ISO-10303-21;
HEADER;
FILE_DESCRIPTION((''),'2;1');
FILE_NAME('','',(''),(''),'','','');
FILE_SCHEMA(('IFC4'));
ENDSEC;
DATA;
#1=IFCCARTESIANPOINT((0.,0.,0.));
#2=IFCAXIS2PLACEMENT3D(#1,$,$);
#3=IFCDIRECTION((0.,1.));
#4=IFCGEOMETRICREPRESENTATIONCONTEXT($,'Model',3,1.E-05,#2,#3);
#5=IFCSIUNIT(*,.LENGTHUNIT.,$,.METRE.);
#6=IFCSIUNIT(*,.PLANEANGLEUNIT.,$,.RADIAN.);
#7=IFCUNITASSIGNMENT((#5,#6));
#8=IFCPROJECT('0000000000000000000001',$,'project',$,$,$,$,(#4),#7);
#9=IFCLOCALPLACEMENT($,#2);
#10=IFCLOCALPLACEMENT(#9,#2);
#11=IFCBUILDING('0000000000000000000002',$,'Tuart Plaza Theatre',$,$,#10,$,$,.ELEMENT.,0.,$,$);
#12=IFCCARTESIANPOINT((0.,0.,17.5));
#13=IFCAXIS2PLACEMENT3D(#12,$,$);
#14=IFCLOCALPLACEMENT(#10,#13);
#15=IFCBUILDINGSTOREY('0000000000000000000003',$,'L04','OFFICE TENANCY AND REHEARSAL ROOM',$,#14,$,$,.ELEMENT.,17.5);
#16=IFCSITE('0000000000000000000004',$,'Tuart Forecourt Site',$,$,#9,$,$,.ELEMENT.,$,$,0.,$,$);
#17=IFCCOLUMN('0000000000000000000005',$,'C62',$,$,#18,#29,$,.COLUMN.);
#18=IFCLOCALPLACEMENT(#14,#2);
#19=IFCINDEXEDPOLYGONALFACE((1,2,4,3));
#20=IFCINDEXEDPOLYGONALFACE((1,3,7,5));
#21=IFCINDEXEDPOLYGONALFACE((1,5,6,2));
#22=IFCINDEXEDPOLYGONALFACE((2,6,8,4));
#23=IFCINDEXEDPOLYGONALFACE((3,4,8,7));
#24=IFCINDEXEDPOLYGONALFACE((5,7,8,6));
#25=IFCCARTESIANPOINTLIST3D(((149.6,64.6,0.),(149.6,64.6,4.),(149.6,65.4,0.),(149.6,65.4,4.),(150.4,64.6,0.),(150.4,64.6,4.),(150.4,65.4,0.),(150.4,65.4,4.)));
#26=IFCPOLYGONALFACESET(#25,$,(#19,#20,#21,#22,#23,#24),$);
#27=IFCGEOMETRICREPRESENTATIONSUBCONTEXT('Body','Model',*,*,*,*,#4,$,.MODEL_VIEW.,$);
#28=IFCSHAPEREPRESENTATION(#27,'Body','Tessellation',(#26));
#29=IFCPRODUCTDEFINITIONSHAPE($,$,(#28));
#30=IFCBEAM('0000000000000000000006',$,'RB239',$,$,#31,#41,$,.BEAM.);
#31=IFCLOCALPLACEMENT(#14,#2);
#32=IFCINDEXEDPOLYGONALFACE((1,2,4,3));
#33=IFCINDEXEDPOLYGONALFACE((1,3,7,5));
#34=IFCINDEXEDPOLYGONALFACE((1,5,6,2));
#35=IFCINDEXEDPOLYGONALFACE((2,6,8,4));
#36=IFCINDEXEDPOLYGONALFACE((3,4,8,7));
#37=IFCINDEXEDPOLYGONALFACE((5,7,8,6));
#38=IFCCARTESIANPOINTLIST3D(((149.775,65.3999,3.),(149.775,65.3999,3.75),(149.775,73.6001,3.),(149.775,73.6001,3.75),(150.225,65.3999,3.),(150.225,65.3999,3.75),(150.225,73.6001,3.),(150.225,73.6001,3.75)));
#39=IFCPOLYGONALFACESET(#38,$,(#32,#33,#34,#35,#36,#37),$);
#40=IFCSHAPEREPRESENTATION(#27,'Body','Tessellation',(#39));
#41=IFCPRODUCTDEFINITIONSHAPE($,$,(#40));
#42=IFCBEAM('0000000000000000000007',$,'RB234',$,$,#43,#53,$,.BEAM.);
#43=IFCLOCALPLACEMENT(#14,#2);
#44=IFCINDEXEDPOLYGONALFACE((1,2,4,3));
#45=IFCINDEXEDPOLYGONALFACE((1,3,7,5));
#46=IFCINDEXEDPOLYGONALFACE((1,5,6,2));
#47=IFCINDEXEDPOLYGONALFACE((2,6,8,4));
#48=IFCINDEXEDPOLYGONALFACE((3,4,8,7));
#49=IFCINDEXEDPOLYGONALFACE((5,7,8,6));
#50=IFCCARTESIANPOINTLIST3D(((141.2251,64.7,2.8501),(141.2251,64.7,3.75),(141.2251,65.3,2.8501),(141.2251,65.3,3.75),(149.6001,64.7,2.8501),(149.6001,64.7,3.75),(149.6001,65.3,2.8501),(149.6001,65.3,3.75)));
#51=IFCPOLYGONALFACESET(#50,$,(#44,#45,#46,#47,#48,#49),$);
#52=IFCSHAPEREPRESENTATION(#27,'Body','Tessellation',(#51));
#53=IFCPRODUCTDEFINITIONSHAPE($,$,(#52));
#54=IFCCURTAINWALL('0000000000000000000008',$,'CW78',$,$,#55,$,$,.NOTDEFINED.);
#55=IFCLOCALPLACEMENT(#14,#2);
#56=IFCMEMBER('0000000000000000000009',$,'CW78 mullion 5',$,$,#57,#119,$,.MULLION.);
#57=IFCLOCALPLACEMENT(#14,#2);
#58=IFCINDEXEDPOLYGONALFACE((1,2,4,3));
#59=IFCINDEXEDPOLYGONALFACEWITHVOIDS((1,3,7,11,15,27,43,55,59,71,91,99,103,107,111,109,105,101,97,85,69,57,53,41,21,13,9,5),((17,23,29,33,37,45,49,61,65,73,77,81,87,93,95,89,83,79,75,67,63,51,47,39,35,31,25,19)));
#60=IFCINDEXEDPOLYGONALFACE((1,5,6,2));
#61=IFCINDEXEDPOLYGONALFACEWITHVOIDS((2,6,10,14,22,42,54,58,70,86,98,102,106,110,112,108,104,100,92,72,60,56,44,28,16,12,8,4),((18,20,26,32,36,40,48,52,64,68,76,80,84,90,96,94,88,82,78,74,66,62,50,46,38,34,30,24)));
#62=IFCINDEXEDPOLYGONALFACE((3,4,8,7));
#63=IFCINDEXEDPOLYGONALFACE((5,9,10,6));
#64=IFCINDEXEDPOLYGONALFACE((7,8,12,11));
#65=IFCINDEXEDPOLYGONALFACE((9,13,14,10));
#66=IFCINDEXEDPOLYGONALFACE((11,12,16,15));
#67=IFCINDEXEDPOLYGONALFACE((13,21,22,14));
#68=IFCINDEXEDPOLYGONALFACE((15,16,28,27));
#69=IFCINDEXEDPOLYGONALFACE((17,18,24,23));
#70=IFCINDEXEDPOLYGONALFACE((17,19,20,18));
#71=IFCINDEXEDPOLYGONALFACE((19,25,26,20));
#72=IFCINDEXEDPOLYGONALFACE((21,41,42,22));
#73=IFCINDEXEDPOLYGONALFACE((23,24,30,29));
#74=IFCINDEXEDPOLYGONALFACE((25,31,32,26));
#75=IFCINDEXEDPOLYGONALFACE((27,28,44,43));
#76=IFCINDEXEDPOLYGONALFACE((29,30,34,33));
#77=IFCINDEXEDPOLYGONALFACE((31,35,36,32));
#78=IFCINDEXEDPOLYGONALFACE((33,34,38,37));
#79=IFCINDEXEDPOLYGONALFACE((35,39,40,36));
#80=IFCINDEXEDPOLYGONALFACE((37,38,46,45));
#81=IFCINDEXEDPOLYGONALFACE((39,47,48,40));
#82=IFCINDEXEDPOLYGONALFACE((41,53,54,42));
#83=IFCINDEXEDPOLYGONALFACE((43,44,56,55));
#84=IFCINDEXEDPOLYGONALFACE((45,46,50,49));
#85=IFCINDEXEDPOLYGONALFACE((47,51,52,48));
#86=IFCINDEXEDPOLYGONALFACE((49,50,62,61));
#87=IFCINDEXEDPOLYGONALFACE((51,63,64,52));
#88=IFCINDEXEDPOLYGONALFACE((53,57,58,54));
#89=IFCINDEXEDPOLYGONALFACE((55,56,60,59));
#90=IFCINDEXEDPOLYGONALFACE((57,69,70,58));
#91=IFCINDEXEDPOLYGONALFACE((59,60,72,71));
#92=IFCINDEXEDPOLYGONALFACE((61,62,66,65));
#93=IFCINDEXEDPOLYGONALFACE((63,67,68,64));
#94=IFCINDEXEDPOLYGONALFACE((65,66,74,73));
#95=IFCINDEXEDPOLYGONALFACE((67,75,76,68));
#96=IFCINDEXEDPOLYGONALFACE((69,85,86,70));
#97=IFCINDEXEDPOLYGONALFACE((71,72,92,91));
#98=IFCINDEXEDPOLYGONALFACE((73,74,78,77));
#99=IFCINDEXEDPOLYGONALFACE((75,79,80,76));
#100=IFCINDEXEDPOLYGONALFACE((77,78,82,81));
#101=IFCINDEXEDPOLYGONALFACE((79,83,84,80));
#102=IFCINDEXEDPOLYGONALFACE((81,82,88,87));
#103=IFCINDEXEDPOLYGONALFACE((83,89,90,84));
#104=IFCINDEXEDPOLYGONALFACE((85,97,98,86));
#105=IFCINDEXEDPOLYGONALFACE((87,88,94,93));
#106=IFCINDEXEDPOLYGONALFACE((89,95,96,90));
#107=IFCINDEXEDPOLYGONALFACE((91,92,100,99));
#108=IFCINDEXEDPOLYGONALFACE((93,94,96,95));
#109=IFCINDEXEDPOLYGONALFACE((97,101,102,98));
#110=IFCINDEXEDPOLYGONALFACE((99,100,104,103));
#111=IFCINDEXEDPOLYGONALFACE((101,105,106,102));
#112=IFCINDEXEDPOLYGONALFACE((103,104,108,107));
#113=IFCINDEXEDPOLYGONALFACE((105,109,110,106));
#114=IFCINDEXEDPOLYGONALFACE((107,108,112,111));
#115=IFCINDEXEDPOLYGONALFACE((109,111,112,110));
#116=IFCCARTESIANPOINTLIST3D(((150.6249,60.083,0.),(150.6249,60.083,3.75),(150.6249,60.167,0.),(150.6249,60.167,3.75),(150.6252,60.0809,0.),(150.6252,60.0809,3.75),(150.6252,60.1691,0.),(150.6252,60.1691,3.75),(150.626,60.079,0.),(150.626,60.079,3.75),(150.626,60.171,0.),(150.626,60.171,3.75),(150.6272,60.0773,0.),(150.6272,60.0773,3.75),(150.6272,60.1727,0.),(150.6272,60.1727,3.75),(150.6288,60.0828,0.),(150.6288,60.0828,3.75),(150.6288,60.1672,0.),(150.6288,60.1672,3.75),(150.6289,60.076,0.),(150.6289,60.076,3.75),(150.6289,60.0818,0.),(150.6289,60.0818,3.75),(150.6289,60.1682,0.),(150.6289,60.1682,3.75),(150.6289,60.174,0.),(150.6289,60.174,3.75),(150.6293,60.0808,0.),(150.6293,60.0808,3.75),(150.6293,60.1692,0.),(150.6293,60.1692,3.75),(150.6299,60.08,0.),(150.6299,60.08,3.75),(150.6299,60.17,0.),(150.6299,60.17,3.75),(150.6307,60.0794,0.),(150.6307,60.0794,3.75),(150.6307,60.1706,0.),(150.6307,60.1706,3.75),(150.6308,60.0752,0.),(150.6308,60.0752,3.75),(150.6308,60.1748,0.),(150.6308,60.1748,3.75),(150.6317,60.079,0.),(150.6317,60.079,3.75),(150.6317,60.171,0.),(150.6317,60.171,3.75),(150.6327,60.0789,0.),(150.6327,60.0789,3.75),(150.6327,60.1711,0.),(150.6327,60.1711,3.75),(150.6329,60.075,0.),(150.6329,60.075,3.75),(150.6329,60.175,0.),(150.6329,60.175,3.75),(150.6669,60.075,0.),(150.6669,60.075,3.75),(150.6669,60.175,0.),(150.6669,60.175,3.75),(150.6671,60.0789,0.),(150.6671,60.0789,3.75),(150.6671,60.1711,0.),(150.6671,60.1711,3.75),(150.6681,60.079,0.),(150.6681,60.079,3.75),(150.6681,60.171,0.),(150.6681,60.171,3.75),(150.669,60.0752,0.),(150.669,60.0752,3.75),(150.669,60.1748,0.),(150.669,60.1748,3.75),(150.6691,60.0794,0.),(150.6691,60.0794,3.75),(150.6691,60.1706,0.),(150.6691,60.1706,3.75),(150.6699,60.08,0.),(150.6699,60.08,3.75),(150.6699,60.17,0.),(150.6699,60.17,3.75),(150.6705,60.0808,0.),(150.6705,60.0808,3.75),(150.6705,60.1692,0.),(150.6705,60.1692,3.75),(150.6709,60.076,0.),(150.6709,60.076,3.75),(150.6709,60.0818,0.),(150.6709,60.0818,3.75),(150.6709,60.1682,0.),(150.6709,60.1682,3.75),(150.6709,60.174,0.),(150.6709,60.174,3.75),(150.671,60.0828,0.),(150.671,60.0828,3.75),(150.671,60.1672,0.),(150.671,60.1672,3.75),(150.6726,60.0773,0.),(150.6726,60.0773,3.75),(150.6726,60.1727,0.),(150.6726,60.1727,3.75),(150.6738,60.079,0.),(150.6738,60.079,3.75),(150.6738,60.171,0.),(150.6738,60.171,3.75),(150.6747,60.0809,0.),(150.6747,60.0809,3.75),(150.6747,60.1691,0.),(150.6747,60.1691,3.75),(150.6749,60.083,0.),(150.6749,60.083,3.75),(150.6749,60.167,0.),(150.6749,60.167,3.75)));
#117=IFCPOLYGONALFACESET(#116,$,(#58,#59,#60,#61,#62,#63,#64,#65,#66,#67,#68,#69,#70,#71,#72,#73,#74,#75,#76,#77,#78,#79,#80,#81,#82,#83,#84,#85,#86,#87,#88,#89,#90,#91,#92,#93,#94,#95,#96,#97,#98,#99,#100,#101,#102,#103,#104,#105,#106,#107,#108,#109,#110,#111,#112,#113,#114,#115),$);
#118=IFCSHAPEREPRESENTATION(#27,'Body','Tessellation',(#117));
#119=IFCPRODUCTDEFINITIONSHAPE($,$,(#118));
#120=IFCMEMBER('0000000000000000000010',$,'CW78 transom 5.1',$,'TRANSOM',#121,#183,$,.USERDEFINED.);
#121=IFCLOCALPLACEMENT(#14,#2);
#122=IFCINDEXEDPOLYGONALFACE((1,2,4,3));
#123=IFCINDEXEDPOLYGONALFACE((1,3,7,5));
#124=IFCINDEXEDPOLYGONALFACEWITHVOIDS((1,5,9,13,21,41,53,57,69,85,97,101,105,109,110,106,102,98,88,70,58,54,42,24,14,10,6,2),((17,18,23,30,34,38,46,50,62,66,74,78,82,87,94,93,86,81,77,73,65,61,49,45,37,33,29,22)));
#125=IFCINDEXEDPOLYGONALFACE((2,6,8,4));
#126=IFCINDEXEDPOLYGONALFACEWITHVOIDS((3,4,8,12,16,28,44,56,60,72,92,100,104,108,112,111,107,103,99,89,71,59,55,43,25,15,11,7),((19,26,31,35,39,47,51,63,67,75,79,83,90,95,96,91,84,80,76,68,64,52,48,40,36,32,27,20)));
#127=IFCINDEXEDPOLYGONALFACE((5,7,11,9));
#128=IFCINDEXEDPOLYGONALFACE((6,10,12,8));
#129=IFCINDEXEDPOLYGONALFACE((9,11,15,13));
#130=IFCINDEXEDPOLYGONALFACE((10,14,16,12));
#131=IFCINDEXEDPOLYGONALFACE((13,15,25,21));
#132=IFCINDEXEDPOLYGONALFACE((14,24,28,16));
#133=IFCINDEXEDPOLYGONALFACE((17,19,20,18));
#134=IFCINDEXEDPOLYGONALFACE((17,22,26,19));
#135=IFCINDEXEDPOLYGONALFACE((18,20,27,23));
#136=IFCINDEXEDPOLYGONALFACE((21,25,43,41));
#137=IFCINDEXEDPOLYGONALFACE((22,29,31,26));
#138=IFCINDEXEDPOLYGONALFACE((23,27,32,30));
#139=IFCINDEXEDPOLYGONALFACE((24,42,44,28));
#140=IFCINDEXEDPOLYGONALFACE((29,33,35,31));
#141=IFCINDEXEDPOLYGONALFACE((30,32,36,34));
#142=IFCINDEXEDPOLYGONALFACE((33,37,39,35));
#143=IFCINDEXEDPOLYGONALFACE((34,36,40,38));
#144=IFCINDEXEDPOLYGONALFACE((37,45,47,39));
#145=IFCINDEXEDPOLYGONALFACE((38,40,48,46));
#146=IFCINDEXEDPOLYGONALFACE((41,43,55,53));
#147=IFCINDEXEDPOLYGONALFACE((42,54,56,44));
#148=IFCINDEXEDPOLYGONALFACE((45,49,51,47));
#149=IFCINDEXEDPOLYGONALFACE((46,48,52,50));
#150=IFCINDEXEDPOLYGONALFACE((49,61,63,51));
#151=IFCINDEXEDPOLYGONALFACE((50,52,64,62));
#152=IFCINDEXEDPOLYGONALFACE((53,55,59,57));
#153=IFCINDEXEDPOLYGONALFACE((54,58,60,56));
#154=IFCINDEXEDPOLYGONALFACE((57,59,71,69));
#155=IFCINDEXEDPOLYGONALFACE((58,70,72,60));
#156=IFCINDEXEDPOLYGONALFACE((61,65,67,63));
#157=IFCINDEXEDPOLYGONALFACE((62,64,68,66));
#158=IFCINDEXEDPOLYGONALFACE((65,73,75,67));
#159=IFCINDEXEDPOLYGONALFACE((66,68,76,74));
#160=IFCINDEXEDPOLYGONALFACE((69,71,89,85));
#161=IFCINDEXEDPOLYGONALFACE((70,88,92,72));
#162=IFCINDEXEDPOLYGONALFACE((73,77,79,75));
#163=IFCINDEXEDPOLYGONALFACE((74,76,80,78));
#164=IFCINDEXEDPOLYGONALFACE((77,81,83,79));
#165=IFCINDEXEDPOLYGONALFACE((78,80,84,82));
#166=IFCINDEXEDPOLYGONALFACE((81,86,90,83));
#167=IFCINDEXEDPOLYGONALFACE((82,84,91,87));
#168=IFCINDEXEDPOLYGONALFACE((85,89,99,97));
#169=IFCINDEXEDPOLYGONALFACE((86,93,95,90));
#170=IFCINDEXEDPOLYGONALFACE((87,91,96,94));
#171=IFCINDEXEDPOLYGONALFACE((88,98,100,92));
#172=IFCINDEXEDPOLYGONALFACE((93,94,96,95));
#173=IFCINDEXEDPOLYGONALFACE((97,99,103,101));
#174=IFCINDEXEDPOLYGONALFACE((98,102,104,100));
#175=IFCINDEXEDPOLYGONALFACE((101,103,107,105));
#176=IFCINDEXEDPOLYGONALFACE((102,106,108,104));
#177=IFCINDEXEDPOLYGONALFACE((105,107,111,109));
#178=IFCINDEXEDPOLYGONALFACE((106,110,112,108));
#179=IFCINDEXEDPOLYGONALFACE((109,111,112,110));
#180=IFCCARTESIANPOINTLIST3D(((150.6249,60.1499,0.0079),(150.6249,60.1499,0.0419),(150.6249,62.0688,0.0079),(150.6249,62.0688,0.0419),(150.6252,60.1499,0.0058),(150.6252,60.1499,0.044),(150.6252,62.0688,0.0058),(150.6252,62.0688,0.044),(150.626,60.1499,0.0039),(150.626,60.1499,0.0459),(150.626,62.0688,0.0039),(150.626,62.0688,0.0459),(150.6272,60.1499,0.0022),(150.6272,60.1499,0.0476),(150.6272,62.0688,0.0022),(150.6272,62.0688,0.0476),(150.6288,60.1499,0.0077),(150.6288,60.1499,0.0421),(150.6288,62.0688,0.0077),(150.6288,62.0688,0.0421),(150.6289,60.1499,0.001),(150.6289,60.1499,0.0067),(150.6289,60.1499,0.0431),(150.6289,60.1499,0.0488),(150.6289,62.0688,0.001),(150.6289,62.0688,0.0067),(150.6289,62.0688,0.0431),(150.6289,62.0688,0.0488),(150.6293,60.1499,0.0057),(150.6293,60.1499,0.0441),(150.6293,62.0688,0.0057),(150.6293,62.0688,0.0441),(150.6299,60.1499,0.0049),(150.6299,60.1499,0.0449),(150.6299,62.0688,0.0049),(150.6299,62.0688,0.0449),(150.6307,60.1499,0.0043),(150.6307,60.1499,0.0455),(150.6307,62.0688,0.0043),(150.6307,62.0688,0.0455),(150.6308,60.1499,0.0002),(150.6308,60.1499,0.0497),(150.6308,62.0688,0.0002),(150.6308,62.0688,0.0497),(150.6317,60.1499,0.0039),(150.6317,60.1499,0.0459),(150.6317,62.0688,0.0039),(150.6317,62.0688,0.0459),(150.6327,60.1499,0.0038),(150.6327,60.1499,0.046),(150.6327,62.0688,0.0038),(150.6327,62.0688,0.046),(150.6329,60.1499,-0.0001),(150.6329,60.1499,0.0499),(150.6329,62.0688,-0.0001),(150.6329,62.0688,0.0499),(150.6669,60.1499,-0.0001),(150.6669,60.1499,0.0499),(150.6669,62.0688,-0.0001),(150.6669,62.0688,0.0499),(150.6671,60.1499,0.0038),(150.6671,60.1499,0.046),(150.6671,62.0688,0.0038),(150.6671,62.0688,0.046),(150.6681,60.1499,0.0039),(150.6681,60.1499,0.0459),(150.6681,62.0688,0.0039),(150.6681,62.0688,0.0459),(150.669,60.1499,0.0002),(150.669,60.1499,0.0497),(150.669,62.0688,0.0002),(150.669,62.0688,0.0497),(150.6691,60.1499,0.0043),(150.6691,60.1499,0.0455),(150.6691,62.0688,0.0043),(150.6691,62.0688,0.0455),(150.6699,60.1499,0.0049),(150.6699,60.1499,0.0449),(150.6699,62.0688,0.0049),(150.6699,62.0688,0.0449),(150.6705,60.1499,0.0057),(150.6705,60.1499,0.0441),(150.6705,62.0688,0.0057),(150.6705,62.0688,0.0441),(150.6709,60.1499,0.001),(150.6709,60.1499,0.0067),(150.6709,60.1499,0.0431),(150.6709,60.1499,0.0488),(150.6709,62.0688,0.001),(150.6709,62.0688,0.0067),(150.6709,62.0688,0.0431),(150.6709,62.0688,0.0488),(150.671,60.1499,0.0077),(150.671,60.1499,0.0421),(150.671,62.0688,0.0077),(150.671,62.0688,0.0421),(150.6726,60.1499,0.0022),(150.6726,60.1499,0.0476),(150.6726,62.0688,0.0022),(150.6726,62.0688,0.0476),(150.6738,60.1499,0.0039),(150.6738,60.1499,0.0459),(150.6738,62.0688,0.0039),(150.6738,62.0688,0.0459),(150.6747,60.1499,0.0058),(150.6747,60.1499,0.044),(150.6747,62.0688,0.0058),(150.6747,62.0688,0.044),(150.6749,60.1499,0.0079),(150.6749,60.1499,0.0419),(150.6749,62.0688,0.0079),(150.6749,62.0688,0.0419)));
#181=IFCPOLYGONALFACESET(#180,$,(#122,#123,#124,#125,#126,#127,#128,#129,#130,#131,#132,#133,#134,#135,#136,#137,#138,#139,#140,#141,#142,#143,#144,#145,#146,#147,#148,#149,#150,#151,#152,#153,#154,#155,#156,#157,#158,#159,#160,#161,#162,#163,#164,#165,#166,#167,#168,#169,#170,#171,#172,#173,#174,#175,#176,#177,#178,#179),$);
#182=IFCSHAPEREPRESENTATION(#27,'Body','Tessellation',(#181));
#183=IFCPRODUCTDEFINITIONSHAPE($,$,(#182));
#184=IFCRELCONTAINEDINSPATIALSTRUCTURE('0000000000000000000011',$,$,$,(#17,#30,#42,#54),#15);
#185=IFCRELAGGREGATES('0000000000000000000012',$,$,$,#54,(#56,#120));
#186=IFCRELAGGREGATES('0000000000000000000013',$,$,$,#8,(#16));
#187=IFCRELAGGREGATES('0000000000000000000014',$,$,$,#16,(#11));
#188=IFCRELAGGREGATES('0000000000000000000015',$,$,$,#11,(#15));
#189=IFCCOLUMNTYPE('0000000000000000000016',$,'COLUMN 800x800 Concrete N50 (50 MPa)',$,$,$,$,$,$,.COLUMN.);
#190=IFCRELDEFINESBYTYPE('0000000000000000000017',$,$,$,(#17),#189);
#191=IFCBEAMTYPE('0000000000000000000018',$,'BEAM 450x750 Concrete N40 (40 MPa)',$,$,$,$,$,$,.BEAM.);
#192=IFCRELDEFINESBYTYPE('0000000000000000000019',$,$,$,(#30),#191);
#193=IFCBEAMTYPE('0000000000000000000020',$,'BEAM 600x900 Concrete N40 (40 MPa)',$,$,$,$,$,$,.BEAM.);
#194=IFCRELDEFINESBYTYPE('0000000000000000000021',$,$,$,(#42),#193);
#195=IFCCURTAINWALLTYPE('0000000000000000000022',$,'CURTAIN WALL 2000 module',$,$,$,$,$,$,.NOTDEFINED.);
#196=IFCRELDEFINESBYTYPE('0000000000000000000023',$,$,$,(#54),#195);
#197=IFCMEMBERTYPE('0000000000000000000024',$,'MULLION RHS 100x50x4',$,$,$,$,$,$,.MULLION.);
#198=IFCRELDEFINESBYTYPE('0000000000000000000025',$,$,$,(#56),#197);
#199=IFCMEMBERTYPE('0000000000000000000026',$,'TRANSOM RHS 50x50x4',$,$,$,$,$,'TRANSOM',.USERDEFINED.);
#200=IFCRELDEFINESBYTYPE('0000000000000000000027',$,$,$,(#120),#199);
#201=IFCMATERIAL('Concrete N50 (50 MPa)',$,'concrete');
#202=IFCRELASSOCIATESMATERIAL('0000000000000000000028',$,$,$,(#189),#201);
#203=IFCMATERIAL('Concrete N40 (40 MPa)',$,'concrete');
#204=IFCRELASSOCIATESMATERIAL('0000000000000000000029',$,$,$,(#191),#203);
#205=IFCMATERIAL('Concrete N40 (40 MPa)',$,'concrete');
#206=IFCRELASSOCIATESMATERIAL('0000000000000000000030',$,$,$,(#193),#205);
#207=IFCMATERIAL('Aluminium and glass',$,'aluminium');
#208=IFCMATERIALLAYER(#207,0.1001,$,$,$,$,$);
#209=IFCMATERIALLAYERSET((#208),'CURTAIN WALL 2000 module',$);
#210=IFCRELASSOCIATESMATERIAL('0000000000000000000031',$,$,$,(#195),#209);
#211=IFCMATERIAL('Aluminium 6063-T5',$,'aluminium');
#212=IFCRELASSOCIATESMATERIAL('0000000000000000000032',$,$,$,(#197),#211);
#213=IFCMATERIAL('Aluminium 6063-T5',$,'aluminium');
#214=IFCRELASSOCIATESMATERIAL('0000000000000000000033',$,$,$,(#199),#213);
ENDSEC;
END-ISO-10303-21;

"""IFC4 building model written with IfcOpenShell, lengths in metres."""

from ifc_helpers import new_model, si_unit, direction, frame, origin, origin_2d, place, context, subcontext, project, spatial, rectangle, hollow_rectangle, extrude, material, layer, layer_set, material_profile, profile_set, type_object, element, aggregate, save


model = new_model("IFC4")

# Units and contexts
model_context = context("Model", 3, precision=1e-05, world=origin(), true_north=direction((0.0, 1.0)))
body_context = subcontext(model_context, "Body", "Model", "MODEL_VIEW")
ifc_project = project(units=[si_unit("LENGTHUNIT", "METRE"), si_unit("PLANEANGLEUNIT", "RADIAN")], contexts=[model_context])

# Site, building, storey
site_placement = place(None, origin())
site = spatial("IfcSite", under=ifc_project, at=site_placement, Name="Tuart Forecourt Site", CompositionType="ELEMENT", RefElevation=0.0)
building_placement = place(site_placement, origin())
building = spatial("IfcBuilding", under=site, at=building_placement, Name="Tuart Plaza Theatre", CompositionType="ELEMENT", ElevationOfRefHeight=0.0)
storey_placement = place(building_placement, frame((0.0, 0.0, 17.5)))
storey = spatial("IfcBuildingStorey", under=building, at=storey_placement, Name="L04", Description="OFFICE TENANCY AND REHEARSAL ROOM", CompositionType="ELEMENT", Elevation=17.5)

# Column
ifc_material_1 = material(Name="Concrete N50 (50 MPa)", Category="concrete")
ifc_material_profile_1 = material_profile(ifc_material_1, rectangle(XDim=0.8, YDim=0.8, at=origin_2d()), Name="COLUMN 800x800 Concrete N50 (50 MPa)")
ifc_profile_set_1 = profile_set([ifc_material_profile_1], Name="Concrete N50 (50 MPa)")
column_type = type_object("IfcColumnType", Name="COLUMN 800x800 Concrete N50 (50 MPa)", PredefinedType="COLUMN", material=ifc_profile_set_1)
column_placement = place(storey_placement, frame((150.0, 65.0, 0.0), z_axis=(0.0, 0.0, 1.0), x_axis=(1.0, 0.0, 0.0)))
element("IfcColumn", 1, at=column_placement, inside=storey, type_object=column_type, Name="C62", PredefinedType="COLUMN", context=body_context, shape_type="SweptSolid", body=[
    extrude(rectangle(XDim=0.8, YDim=0.8, at=origin_2d()), origin(), (0.0, 0.0, 1.0), 4.0),
])

# Beams
ifc_material_2 = material(Name="Concrete N40 (40 MPa)", Category="concrete")
ifc_material_profile_2 = material_profile(ifc_material_2, rectangle(XDim=0.45, YDim=0.75, at=origin_2d()), Name="BEAM 450x750 Concrete N40 (40 MPa)")
ifc_profile_set_2 = profile_set([ifc_material_profile_2], Name="Concrete N40 (40 MPa)")
beam_type_1 = type_object("IfcBeamType", Name="BEAM 450x750 Concrete N40 (40 MPa)", PredefinedType="BEAM", material=ifc_profile_set_2)
beam_1_placement = place(storey_placement, frame((150.0, 65.3999, 3.375), z_axis=(0.0, 1.0, 0.0), x_axis=(-1.0, 0.0, 0.0)))
element("IfcBeam", 2, at=beam_1_placement, inside=storey, type_object=beam_type_1, Name="RB239", PredefinedType="BEAM", context=body_context, shape_type="SweptSolid", body=[
    extrude(rectangle(XDim=0.45, YDim=0.75, at=origin_2d()), origin(), (0.0, 0.0, 1.0), 8.2002),
])
ifc_material_3 = material(Name="Concrete N40 (40 MPa)", Category="concrete")
ifc_material_profile_3 = material_profile(ifc_material_3, rectangle(XDim=0.6001, YDim=0.8999, at=origin_2d()), Name="BEAM 600x900 Concrete N40 (40 MPa)")
ifc_profile_set_3 = profile_set([ifc_material_profile_3], Name="Concrete N40 (40 MPa)")
beam_type_2 = type_object("IfcBeamType", Name="BEAM 600x900 Concrete N40 (40 MPa)", PredefinedType="BEAM", material=ifc_profile_set_3)
beam_2_placement = place(storey_placement, frame((141.2251, 65.0, 3.3), z_axis=(1.0, 0.0, 0.0), x_axis=(0.0, 1.0, 0.0)))
element("IfcBeam", 3, at=beam_2_placement, inside=storey, type_object=beam_type_2, Name="RB234", PredefinedType="BEAM", context=body_context, shape_type="SweptSolid", body=[
    extrude(rectangle(XDim=0.6001, YDim=0.8999, at=origin_2d()), origin(), (0.0, 0.0, 1.0), 8.375),
])

# Curtain wall, members
ifc_material_4 = material(Name="Aluminium and glass", Category="aluminium")
ifc_layer_1 = layer(ifc_material_4, 0.1001)
ifc_layer_set_1 = layer_set([ifc_layer_1], Name="CURTAIN WALL 2000 module")
curtain_wall_type = type_object("IfcCurtainWallType", Name="CURTAIN WALL 2000 module", PredefinedType="NOTDEFINED", material=ifc_layer_set_1)
curtain_wall_placement = place(storey_placement, origin())
curtain_wall = element("IfcCurtainWall", 4, at=curtain_wall_placement, inside=storey, type_object=curtain_wall_type, Name="CW78", PredefinedType="NOTDEFINED")
ifc_material_5 = material(Name="Aluminium 6063-T5", Category="aluminium")
ifc_material_profile_4 = material_profile(ifc_material_5, hollow_rectangle(XDim=0.05, YDim=0.1001, WallThickness=0.0039, InnerFilletRadius=0.0039, OuterFilletRadius=0.0081, at=origin_2d()), Name="RHS 100x50x4")
ifc_profile_set_4 = profile_set([ifc_material_profile_4], Name="Aluminium 6063-T5")
member_type_1 = type_object("IfcMemberType", Name="MULLION RHS 100x50x4", PredefinedType="MULLION", material=ifc_profile_set_4)
member_1_placement = place(storey_placement, frame((150.6499, 60.125, 0.0), z_axis=(0.0, 0.0, 1.0), x_axis=(-1.0, 0.0, 0.0)))
member_1 = element("IfcMember", 5, at=member_1_placement, type_object=member_type_1, Name="CW78 mullion 5", PredefinedType="MULLION", context=body_context, shape_type="SweptSolid", body=[
    extrude(hollow_rectangle(XDim=0.05, YDim=0.1001, WallThickness=0.0039, InnerFilletRadius=0.0039, OuterFilletRadius=0.0081, at=origin_2d()), origin(), (0.0, 0.0, 1.0), 3.75),
])
ifc_material_6 = material(Name="Aluminium 6063-T5", Category="aluminium")
ifc_material_profile_5 = material_profile(ifc_material_6, hollow_rectangle(XDim=0.05, YDim=0.05, WallThickness=0.0039, InnerFilletRadius=0.0039, OuterFilletRadius=0.0081, at=origin_2d()), Name="RHS 50x50x4")
ifc_profile_set_5 = profile_set([ifc_material_profile_5], Name="Aluminium 6063-T5")
member_type_2 = type_object("IfcMemberType", Name="TRANSOM RHS 50x50x4", ElementType="TRANSOM", PredefinedType="USERDEFINED", material=ifc_profile_set_5)
member_2_placement = place(storey_placement, frame((150.6499, 60.1499, 0.0249), z_axis=(0.0, 1.0, 0.0), x_axis=(-1.0, 0.0, 0.0)))
member_2 = element("IfcMember", 6, at=member_2_placement, type_object=member_type_2, Name="CW78 transom 5.1", ObjectType="TRANSOM", PredefinedType="USERDEFINED", context=body_context, shape_type="SweptSolid", body=[
    extrude(hollow_rectangle(XDim=0.05, YDim=0.05, WallThickness=0.0039, InnerFilletRadius=0.0039, OuterFilletRadius=0.0081, at=origin_2d()), origin(), (0.0, 0.0, 1.0), 1.9189),
])
aggregate(curtain_wall, [member_1, member_2])

save(model, "model.ifc")
